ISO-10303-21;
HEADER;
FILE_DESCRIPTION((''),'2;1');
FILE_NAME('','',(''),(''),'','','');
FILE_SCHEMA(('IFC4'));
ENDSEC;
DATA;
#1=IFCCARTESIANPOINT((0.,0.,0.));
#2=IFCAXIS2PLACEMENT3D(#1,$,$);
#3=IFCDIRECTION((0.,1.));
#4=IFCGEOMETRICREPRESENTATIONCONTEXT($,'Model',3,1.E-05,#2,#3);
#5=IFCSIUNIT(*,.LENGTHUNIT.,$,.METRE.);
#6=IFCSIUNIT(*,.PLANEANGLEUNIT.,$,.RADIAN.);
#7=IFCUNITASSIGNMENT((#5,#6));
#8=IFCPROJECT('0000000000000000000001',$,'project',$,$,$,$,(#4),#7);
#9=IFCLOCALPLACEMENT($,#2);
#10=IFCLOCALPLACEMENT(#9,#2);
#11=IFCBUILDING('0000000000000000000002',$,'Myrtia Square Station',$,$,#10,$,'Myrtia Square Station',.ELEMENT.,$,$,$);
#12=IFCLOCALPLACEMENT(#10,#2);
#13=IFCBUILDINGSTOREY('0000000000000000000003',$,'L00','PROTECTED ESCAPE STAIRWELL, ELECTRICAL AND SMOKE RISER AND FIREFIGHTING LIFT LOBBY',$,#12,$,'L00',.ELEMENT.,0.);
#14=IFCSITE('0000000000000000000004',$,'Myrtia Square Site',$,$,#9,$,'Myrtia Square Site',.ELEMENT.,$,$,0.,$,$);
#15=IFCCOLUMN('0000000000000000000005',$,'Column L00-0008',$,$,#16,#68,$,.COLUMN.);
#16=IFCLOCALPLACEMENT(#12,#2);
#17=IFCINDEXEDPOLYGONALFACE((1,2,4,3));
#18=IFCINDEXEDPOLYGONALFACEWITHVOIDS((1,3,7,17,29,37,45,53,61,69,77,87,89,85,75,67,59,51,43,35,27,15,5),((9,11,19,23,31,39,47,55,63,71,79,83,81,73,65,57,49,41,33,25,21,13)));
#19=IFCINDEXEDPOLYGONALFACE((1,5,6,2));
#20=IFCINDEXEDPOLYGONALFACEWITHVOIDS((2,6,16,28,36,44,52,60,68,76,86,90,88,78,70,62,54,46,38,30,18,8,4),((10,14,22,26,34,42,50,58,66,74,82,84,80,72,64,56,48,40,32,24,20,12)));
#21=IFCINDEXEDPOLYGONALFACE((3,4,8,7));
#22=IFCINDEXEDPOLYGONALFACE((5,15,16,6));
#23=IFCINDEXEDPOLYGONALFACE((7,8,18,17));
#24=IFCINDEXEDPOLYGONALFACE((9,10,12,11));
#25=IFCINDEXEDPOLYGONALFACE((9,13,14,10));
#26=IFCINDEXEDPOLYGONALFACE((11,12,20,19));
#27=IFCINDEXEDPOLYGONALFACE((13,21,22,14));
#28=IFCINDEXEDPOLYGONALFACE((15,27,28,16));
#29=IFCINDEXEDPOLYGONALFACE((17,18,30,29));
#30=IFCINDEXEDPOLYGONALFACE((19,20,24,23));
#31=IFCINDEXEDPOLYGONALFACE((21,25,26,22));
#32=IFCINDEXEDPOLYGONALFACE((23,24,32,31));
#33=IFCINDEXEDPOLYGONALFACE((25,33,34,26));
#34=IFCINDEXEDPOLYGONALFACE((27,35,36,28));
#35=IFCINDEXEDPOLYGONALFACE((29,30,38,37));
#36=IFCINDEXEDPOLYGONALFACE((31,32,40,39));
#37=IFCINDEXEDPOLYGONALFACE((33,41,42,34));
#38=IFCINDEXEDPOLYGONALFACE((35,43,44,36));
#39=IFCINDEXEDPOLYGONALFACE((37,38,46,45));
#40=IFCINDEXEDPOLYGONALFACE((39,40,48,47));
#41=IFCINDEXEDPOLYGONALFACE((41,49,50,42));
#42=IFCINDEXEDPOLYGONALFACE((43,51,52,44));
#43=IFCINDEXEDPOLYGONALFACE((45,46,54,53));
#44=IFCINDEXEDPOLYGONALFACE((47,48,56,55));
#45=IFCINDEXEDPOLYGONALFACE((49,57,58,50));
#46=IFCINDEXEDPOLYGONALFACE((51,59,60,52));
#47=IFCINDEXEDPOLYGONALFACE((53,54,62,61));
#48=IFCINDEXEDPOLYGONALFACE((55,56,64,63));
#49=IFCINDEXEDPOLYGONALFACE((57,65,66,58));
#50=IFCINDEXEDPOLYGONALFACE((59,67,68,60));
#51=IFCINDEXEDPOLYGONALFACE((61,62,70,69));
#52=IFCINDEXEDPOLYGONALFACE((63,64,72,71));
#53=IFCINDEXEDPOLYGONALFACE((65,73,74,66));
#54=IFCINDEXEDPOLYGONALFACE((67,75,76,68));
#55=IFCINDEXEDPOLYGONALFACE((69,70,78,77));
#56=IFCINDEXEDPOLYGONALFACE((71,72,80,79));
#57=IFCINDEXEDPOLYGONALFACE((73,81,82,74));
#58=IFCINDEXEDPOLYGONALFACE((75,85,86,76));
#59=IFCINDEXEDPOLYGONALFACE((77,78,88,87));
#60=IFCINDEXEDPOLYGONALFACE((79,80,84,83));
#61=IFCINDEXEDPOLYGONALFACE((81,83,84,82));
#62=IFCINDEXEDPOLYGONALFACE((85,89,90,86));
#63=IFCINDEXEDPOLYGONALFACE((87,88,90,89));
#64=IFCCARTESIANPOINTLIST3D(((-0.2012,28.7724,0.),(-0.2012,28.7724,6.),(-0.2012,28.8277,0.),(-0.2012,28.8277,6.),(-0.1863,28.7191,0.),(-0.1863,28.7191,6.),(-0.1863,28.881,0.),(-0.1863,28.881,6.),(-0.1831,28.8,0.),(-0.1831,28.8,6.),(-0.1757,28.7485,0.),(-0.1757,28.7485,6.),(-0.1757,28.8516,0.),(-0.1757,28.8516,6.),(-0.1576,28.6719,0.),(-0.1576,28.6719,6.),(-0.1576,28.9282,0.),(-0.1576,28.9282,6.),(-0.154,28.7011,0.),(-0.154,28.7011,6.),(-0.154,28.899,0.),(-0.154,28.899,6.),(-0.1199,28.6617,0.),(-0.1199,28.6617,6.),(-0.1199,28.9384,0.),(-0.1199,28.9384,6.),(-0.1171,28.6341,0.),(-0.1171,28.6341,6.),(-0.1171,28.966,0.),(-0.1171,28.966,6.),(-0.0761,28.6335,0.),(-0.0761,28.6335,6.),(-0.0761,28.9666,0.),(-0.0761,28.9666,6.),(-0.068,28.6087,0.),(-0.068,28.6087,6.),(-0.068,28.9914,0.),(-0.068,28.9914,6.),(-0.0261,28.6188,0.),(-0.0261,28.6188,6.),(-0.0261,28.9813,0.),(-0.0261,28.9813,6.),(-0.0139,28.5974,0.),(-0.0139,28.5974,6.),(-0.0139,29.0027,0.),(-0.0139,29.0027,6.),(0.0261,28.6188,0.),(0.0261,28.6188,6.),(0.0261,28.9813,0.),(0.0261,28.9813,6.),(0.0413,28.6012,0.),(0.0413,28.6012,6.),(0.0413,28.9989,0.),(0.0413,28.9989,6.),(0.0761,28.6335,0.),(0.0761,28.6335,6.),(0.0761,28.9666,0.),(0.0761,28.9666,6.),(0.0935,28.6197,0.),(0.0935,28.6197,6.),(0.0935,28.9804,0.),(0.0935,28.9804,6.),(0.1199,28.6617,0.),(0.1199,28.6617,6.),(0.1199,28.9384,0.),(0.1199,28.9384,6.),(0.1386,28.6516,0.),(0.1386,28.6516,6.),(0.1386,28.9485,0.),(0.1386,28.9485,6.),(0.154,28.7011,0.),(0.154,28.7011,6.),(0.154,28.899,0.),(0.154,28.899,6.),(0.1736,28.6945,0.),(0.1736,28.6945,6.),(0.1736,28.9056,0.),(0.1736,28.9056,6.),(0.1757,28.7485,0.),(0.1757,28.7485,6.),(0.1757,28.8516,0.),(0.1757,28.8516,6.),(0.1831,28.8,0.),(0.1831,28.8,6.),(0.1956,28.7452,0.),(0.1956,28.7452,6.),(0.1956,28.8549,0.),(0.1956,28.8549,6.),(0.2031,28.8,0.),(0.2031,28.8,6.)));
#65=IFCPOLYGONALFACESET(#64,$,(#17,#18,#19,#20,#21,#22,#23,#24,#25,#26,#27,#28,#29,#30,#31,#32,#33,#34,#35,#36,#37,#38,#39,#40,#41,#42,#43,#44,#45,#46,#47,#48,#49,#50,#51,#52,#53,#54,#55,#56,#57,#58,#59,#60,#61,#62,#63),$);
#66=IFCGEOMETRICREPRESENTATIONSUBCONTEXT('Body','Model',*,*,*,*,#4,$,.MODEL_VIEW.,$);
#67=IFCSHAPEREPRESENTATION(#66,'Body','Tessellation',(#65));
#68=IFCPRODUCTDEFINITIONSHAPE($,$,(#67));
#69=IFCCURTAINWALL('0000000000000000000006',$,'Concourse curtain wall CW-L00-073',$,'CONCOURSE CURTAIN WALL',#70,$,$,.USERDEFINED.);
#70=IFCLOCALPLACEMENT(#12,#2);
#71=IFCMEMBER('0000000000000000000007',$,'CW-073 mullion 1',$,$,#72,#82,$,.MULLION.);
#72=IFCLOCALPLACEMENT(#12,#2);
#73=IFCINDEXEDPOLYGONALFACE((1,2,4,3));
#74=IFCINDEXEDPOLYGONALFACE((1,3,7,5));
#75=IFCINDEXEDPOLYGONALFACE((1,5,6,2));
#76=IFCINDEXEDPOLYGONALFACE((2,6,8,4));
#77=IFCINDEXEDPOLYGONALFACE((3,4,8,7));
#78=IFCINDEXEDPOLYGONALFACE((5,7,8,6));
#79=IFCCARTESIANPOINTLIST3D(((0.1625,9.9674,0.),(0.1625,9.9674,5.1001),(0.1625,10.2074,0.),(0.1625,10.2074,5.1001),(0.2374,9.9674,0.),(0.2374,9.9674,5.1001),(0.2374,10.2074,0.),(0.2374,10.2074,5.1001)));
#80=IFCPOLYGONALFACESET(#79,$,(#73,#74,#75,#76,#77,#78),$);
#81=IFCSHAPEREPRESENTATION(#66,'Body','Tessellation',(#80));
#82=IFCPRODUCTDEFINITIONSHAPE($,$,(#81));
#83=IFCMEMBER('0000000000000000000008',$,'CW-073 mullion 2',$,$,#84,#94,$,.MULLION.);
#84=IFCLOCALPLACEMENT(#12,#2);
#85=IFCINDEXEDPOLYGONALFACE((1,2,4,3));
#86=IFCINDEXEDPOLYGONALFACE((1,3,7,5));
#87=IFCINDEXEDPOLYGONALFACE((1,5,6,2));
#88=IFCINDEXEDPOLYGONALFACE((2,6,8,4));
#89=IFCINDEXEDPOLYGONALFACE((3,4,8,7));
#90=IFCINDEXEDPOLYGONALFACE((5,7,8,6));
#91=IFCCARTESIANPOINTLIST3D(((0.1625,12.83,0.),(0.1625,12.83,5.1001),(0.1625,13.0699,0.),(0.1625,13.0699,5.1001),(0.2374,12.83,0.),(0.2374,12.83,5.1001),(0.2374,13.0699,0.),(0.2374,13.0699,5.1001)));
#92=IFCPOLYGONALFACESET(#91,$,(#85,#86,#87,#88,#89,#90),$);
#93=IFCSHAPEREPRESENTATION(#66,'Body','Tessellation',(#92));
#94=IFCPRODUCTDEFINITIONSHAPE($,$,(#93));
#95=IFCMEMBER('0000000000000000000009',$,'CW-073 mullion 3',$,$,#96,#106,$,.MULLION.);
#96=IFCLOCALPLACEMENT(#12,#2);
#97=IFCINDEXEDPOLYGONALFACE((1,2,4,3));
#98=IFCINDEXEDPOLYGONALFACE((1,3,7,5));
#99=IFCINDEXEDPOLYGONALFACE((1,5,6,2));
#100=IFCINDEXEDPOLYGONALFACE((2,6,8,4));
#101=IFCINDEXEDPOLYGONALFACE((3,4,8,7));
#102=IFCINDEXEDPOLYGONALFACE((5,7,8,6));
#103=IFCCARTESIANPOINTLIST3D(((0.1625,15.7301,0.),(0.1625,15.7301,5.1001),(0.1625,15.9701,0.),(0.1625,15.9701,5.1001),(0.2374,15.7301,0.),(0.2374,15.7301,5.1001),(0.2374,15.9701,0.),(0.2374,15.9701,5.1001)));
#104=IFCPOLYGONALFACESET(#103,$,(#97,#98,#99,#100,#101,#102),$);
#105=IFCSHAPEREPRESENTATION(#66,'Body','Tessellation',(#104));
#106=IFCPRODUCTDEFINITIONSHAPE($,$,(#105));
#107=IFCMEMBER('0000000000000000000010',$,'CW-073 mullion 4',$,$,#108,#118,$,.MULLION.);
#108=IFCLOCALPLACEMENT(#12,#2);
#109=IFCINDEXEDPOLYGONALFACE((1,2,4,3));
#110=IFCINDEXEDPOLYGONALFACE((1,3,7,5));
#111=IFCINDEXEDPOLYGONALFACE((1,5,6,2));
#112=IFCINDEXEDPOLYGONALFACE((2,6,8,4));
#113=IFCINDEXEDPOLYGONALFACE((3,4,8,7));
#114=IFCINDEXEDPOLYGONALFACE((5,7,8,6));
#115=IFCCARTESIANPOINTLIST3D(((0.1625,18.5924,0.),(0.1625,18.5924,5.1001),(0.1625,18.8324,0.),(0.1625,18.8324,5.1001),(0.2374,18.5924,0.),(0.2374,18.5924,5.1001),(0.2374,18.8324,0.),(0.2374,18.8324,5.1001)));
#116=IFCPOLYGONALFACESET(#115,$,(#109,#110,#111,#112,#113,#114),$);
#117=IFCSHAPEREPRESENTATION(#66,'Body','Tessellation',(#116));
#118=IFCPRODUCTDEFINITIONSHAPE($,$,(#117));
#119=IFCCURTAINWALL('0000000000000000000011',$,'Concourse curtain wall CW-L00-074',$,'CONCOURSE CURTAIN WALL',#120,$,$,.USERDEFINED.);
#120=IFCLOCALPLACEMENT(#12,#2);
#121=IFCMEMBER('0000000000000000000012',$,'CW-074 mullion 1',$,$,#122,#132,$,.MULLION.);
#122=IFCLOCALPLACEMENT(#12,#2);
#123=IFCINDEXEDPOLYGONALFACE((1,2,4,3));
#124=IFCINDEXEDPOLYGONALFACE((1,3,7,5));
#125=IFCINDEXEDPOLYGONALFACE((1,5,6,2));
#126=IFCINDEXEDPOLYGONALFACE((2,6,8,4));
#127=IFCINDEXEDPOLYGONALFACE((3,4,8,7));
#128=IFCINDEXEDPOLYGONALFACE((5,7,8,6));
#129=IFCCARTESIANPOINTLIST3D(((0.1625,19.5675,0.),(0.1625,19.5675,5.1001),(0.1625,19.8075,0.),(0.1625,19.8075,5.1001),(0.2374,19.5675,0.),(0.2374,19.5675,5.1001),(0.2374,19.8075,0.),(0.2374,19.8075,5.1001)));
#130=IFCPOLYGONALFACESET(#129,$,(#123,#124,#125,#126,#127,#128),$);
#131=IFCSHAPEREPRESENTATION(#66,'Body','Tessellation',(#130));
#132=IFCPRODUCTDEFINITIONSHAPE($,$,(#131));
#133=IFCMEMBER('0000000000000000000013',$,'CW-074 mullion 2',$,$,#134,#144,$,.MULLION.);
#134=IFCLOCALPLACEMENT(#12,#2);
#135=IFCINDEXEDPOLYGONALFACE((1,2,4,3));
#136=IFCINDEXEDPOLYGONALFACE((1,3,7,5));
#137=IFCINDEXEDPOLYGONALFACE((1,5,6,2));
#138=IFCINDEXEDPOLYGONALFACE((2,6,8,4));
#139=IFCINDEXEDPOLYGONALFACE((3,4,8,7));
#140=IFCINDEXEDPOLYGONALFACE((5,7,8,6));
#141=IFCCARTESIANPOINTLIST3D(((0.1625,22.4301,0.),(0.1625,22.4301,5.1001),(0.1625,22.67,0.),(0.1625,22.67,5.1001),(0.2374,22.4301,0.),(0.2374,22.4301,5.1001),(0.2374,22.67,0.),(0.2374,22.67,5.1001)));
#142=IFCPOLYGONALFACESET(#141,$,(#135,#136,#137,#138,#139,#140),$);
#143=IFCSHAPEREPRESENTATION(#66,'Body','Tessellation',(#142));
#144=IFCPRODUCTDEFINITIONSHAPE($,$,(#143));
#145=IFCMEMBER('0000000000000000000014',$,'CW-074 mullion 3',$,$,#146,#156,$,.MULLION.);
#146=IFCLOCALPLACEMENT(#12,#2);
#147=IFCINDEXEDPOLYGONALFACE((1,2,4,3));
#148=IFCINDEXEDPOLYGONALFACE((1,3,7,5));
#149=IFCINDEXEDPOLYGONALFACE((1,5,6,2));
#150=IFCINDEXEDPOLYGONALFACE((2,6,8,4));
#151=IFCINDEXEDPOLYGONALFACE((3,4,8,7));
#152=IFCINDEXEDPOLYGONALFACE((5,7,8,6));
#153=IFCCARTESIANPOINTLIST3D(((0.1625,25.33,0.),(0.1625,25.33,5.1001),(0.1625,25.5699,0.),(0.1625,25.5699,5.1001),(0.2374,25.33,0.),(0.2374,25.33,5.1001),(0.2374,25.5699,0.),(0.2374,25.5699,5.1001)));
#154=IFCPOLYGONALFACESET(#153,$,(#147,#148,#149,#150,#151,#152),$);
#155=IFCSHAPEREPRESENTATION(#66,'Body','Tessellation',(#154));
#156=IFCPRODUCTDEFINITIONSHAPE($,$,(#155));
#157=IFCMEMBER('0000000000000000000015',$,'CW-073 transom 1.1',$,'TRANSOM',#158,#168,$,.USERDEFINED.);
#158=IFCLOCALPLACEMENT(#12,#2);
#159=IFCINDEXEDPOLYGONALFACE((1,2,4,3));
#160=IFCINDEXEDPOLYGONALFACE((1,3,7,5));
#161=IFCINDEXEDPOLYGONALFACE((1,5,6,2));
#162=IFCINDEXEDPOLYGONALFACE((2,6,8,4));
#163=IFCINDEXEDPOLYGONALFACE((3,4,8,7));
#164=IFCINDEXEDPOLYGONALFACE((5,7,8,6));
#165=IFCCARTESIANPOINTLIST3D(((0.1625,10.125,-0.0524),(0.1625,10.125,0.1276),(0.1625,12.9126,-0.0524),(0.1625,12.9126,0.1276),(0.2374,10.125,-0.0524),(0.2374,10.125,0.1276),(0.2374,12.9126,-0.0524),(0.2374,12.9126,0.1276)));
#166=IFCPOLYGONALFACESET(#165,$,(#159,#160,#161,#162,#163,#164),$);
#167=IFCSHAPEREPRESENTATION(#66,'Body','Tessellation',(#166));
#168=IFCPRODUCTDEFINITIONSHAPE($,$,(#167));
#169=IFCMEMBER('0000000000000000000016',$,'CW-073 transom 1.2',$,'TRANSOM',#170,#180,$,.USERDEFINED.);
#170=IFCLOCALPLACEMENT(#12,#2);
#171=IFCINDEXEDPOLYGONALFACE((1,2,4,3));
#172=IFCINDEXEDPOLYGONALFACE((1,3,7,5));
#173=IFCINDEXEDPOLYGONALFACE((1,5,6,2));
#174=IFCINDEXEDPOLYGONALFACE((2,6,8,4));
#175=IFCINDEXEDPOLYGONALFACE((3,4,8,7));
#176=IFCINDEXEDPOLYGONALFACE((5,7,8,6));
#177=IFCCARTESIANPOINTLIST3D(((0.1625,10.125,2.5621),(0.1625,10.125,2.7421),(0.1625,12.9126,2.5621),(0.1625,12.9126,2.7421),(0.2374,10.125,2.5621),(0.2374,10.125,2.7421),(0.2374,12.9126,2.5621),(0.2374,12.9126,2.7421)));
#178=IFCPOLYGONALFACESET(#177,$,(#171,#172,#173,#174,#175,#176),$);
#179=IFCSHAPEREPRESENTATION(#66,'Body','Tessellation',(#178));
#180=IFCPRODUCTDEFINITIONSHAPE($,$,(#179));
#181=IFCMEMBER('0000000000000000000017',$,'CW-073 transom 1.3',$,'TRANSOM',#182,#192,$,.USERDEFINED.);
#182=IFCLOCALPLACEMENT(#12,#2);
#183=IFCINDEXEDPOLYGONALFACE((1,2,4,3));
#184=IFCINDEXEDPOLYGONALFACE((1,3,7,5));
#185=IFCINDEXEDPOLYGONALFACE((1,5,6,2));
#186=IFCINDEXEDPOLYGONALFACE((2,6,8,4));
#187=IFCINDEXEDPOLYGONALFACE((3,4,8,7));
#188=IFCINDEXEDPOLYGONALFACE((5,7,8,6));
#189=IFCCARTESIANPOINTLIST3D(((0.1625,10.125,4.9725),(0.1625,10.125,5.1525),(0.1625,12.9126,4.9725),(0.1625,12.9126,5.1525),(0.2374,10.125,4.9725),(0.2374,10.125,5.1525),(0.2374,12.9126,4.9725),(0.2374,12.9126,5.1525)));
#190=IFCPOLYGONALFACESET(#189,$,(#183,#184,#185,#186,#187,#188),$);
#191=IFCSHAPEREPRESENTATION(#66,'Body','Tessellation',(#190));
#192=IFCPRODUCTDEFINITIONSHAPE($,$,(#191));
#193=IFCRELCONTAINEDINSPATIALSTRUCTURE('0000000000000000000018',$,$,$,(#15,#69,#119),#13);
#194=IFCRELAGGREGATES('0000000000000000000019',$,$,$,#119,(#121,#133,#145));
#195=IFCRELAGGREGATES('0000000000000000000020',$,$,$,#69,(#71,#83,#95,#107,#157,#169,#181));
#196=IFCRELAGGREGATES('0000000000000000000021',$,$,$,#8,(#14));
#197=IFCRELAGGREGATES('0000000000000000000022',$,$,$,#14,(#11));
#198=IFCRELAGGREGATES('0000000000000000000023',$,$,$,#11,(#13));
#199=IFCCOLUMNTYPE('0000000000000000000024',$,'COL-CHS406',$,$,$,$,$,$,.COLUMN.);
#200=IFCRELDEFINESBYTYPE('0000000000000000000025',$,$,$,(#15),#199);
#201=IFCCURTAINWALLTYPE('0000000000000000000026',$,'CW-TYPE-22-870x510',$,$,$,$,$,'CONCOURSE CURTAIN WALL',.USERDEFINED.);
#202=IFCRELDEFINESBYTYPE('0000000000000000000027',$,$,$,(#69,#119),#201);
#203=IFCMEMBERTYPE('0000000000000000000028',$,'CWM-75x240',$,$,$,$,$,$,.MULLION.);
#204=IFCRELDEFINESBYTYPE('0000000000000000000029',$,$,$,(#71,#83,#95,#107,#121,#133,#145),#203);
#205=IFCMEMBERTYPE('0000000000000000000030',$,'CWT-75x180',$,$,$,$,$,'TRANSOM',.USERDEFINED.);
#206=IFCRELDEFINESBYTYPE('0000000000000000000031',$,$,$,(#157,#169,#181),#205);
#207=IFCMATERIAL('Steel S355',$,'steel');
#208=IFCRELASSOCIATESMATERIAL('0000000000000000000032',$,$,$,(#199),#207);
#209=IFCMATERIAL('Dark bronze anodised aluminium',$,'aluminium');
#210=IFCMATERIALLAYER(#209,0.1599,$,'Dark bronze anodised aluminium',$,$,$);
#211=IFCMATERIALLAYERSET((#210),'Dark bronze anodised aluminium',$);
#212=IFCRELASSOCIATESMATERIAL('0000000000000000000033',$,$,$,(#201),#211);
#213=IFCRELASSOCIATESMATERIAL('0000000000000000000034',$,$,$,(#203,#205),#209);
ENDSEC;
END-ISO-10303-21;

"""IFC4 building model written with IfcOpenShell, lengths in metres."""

from ifc_helpers import new_model, si_unit, direction, frame, origin, origin_2d, place, context, subcontext, project, spatial, rectangle, hollow_circle, extrude, material, layer, layer_set, material_profile, profile_set, type_object, element, aggregate, save


model = new_model("IFC4")

# Units and contexts
model_context = context("Model", 3, precision=1e-05, world=origin(), true_north=direction((0.0, 1.0)))
body_context = subcontext(model_context, "Body", "Model", "MODEL_VIEW")
ifc_project = project(units=[si_unit("LENGTHUNIT", "METRE"), si_unit("PLANEANGLEUNIT", "RADIAN")], contexts=[model_context])

# Site, building, storey
site_placement = place(None, origin())
site = spatial("IfcSite", under=ifc_project, at=site_placement, Name="Myrtia Square Site", LongName="Myrtia Square Site", CompositionType="ELEMENT", RefElevation=0.0)
building_placement = place(site_placement, origin())
building = spatial("IfcBuilding", under=site, at=building_placement, Name="Myrtia Square Station", LongName="Myrtia Square Station", CompositionType="ELEMENT")
storey_placement = place(building_placement, origin())
storey = spatial("IfcBuildingStorey", under=building, at=storey_placement, Name="L00", Description="PROTECTED ESCAPE STAIRWELL, ELECTRICAL AND SMOKE RISER AND FIREFIGHTING LIFT LOBBY", LongName="L00", CompositionType="ELEMENT", Elevation=0.0)

# Column
ifc_material_1 = material(Name="Steel S355", Category="steel")
ifc_material_profile_1 = material_profile(ifc_material_1, hollow_circle(Radius=0.2031, WallThickness=0.02, at=origin_2d()), Name="CHS 406.4x20")
ifc_profile_set_1 = profile_set([ifc_material_profile_1], Name="Steel S355")
column_type = type_object("IfcColumnType", Name="COL-CHS406", PredefinedType="COLUMN", material=ifc_profile_set_1)
column_placement = place(storey_placement, frame((0.0, 28.8, 0.0), z_axis=(0.0, 0.0, 1.0), x_axis=(1.0, 0.0, 0.0)))
element("IfcColumn", 1, at=column_placement, inside=storey, type_object=column_type, Name="Column L00-0008", PredefinedType="COLUMN", context=body_context, shape_type="SweptSolid", body=[
    extrude(hollow_circle(Radius=0.2031, WallThickness=0.02, at=origin_2d()), origin(), (0.0, 0.0, 1.0), 6.0),
])

# Curtain walls, members
ifc_material_2 = material(Name="Dark bronze anodised aluminium", Category="aluminium")
ifc_layer_1 = layer(ifc_material_2, 0.1599, Name="Dark bronze anodised aluminium")
ifc_layer_set_1 = layer_set([ifc_layer_1], Name="Dark bronze anodised aluminium")
curtain_wall_type = type_object("IfcCurtainWallType", Name="CW-TYPE-22-870x510", ElementType="CONCOURSE CURTAIN WALL", PredefinedType="USERDEFINED", material=ifc_layer_set_1)
curtain_wall_1_placement = place(storey_placement, origin())
curtain_wall_1 = element("IfcCurtainWall", 2, at=curtain_wall_1_placement, inside=storey, type_object=curtain_wall_type, Name="Concourse curtain wall CW-L00-073", ObjectType="CONCOURSE CURTAIN WALL", PredefinedType="USERDEFINED")
ifc_material_profile_2 = material_profile(ifc_material_2, rectangle(XDim=0.075, YDim=0.24, at=origin_2d()), Name="ALU-M 75x240")
ifc_profile_set_2 = profile_set([ifc_material_profile_2], Name="Dark bronze anodised aluminium")
member_type_1 = type_object("IfcMemberType", Name="CWM-75x240", PredefinedType="MULLION", material=ifc_profile_set_2)
member_1_placement = place(storey_placement, frame((0.2, 10.0874, 0.0), z_axis=(0.0, 0.0, 1.0), x_axis=(-1.0, 0.0, 0.0)))
member_1 = element("IfcMember", 3, at=member_1_placement, type_object=member_type_1, Name="CW-073 mullion 1", PredefinedType="MULLION", context=body_context, shape_type="SweptSolid", body=[
    extrude(rectangle(XDim=0.075, YDim=0.24, at=origin_2d()), origin(), (0.0, 0.0, 1.0), 5.1001),
])
member_2_placement = place(storey_placement, frame((0.2, 12.95, 0.0), z_axis=(0.0, 0.0, 1.0), x_axis=(-1.0, 0.0, 0.0)))
member_2 = element("IfcMember", 4, at=member_2_placement, type_object=member_type_1, Name="CW-073 mullion 2", PredefinedType="MULLION", context=body_context, shape_type="SweptSolid", body=[
    extrude(rectangle(XDim=0.075, YDim=0.24, at=origin_2d()), origin(), (0.0, 0.0, 1.0), 5.1001),
])
member_3_placement = place(storey_placement, frame((0.2, 15.8501, 0.0), z_axis=(0.0, 0.0, 1.0), x_axis=(-1.0, 0.0, 0.0)))
member_3 = element("IfcMember", 5, at=member_3_placement, type_object=member_type_1, Name="CW-073 mullion 3", PredefinedType="MULLION", context=body_context, shape_type="SweptSolid", body=[
    extrude(rectangle(XDim=0.075, YDim=0.24, at=origin_2d()), origin(), (0.0, 0.0, 1.0), 5.1001),
])
member_4_placement = place(storey_placement, frame((0.2, 18.7124, 0.0), z_axis=(0.0, 0.0, 1.0), x_axis=(-1.0, 0.0, 0.0)))
member_4 = element("IfcMember", 6, at=member_4_placement, type_object=member_type_1, Name="CW-073 mullion 4", PredefinedType="MULLION", context=body_context, shape_type="SweptSolid", body=[
    extrude(rectangle(XDim=0.075, YDim=0.24, at=origin_2d()), origin(), (0.0, 0.0, 1.0), 5.1001),
])
curtain_wall_2_placement = place(storey_placement, origin())
curtain_wall_2 = element("IfcCurtainWall", 7, at=curtain_wall_2_placement, inside=storey, type_object=curtain_wall_type, Name="Concourse curtain wall CW-L00-074", ObjectType="CONCOURSE CURTAIN WALL", PredefinedType="USERDEFINED")
member_5_placement = place(storey_placement, frame((0.2, 19.6875, 0.0), z_axis=(0.0, 0.0, 1.0), x_axis=(-1.0, 0.0, 0.0)))
member_5 = element("IfcMember", 8, at=member_5_placement, type_object=member_type_1, Name="CW-074 mullion 1", PredefinedType="MULLION", context=body_context, shape_type="SweptSolid", body=[
    extrude(rectangle(XDim=0.075, YDim=0.24, at=origin_2d()), origin(), (0.0, 0.0, 1.0), 5.1001),
])
member_6_placement = place(storey_placement, frame((0.2, 22.55, 0.0), z_axis=(0.0, 0.0, 1.0), x_axis=(-1.0, 0.0, 0.0)))
member_6 = element("IfcMember", 9, at=member_6_placement, type_object=member_type_1, Name="CW-074 mullion 2", PredefinedType="MULLION", context=body_context, shape_type="SweptSolid", body=[
    extrude(rectangle(XDim=0.075, YDim=0.24, at=origin_2d()), origin(), (0.0, 0.0, 1.0), 5.1001),
])
member_7_placement = place(storey_placement, frame((0.2, 25.45, 0.0), z_axis=(0.0, 0.0, 1.0), x_axis=(-1.0, 0.0, 0.0)))
member_7 = element("IfcMember", 10, at=member_7_placement, type_object=member_type_1, Name="CW-074 mullion 3", PredefinedType="MULLION", context=body_context, shape_type="SweptSolid", body=[
    extrude(rectangle(XDim=0.075, YDim=0.24, at=origin_2d()), origin(), (0.0, 0.0, 1.0), 5.1001),
])

# Members
ifc_material_profile_3 = material_profile(ifc_material_2, rectangle(XDim=0.075, YDim=0.1799, at=origin_2d()), Name="ALU-T 75x180")
ifc_profile_set_3 = profile_set([ifc_material_profile_3], Name="Dark bronze anodised aluminium")
member_type_2 = type_object("IfcMemberType", Name="CWT-75x180", ElementType="TRANSOM", PredefinedType="USERDEFINED", material=ifc_profile_set_3)
member_8_placement = place(storey_placement, frame((0.2, 10.125, 0.0376), z_axis=(0.0, 1.0, 0.0), x_axis=(-1.0, 0.0, 0.0)))
member_8 = element("IfcMember", 11, at=member_8_placement, type_object=member_type_2, Name="CW-073 transom 1.1", ObjectType="TRANSOM", PredefinedType="USERDEFINED", context=body_context, shape_type="SweptSolid", body=[
    extrude(rectangle(XDim=0.075, YDim=0.1799, at=origin_2d()), origin(), (0.0, 0.0, 1.0), 2.7876),
])
member_9_placement = place(storey_placement, frame((0.2, 10.125, 2.6521), z_axis=(0.0, 1.0, 0.0), x_axis=(-1.0, 0.0, 0.0)))
member_9 = element("IfcMember", 12, at=member_9_placement, type_object=member_type_2, Name="CW-073 transom 1.2", ObjectType="TRANSOM", PredefinedType="USERDEFINED", context=body_context, shape_type="SweptSolid", body=[
    extrude(rectangle(XDim=0.075, YDim=0.1799, at=origin_2d()), origin(), (0.0, 0.0, 1.0), 2.7876),
])
member_10_placement = place(storey_placement, frame((0.2, 10.125, 5.0625), z_axis=(0.0, 1.0, 0.0), x_axis=(-1.0, 0.0, 0.0)))
member_10 = element("IfcMember", 13, at=member_10_placement, type_object=member_type_2, Name="CW-073 transom 1.3", ObjectType="TRANSOM", PredefinedType="USERDEFINED", context=body_context, shape_type="SweptSolid", body=[
    extrude(rectangle(XDim=0.075, YDim=0.1799, at=origin_2d()), origin(), (0.0, 0.0, 1.0), 2.7876),
])

aggregate(curtain_wall_2, [member_5, member_6, member_7])
aggregate(curtain_wall_1, [member_1, member_2, member_3, member_4, member_8, member_9, member_10])

save(model, "model.ifc")
